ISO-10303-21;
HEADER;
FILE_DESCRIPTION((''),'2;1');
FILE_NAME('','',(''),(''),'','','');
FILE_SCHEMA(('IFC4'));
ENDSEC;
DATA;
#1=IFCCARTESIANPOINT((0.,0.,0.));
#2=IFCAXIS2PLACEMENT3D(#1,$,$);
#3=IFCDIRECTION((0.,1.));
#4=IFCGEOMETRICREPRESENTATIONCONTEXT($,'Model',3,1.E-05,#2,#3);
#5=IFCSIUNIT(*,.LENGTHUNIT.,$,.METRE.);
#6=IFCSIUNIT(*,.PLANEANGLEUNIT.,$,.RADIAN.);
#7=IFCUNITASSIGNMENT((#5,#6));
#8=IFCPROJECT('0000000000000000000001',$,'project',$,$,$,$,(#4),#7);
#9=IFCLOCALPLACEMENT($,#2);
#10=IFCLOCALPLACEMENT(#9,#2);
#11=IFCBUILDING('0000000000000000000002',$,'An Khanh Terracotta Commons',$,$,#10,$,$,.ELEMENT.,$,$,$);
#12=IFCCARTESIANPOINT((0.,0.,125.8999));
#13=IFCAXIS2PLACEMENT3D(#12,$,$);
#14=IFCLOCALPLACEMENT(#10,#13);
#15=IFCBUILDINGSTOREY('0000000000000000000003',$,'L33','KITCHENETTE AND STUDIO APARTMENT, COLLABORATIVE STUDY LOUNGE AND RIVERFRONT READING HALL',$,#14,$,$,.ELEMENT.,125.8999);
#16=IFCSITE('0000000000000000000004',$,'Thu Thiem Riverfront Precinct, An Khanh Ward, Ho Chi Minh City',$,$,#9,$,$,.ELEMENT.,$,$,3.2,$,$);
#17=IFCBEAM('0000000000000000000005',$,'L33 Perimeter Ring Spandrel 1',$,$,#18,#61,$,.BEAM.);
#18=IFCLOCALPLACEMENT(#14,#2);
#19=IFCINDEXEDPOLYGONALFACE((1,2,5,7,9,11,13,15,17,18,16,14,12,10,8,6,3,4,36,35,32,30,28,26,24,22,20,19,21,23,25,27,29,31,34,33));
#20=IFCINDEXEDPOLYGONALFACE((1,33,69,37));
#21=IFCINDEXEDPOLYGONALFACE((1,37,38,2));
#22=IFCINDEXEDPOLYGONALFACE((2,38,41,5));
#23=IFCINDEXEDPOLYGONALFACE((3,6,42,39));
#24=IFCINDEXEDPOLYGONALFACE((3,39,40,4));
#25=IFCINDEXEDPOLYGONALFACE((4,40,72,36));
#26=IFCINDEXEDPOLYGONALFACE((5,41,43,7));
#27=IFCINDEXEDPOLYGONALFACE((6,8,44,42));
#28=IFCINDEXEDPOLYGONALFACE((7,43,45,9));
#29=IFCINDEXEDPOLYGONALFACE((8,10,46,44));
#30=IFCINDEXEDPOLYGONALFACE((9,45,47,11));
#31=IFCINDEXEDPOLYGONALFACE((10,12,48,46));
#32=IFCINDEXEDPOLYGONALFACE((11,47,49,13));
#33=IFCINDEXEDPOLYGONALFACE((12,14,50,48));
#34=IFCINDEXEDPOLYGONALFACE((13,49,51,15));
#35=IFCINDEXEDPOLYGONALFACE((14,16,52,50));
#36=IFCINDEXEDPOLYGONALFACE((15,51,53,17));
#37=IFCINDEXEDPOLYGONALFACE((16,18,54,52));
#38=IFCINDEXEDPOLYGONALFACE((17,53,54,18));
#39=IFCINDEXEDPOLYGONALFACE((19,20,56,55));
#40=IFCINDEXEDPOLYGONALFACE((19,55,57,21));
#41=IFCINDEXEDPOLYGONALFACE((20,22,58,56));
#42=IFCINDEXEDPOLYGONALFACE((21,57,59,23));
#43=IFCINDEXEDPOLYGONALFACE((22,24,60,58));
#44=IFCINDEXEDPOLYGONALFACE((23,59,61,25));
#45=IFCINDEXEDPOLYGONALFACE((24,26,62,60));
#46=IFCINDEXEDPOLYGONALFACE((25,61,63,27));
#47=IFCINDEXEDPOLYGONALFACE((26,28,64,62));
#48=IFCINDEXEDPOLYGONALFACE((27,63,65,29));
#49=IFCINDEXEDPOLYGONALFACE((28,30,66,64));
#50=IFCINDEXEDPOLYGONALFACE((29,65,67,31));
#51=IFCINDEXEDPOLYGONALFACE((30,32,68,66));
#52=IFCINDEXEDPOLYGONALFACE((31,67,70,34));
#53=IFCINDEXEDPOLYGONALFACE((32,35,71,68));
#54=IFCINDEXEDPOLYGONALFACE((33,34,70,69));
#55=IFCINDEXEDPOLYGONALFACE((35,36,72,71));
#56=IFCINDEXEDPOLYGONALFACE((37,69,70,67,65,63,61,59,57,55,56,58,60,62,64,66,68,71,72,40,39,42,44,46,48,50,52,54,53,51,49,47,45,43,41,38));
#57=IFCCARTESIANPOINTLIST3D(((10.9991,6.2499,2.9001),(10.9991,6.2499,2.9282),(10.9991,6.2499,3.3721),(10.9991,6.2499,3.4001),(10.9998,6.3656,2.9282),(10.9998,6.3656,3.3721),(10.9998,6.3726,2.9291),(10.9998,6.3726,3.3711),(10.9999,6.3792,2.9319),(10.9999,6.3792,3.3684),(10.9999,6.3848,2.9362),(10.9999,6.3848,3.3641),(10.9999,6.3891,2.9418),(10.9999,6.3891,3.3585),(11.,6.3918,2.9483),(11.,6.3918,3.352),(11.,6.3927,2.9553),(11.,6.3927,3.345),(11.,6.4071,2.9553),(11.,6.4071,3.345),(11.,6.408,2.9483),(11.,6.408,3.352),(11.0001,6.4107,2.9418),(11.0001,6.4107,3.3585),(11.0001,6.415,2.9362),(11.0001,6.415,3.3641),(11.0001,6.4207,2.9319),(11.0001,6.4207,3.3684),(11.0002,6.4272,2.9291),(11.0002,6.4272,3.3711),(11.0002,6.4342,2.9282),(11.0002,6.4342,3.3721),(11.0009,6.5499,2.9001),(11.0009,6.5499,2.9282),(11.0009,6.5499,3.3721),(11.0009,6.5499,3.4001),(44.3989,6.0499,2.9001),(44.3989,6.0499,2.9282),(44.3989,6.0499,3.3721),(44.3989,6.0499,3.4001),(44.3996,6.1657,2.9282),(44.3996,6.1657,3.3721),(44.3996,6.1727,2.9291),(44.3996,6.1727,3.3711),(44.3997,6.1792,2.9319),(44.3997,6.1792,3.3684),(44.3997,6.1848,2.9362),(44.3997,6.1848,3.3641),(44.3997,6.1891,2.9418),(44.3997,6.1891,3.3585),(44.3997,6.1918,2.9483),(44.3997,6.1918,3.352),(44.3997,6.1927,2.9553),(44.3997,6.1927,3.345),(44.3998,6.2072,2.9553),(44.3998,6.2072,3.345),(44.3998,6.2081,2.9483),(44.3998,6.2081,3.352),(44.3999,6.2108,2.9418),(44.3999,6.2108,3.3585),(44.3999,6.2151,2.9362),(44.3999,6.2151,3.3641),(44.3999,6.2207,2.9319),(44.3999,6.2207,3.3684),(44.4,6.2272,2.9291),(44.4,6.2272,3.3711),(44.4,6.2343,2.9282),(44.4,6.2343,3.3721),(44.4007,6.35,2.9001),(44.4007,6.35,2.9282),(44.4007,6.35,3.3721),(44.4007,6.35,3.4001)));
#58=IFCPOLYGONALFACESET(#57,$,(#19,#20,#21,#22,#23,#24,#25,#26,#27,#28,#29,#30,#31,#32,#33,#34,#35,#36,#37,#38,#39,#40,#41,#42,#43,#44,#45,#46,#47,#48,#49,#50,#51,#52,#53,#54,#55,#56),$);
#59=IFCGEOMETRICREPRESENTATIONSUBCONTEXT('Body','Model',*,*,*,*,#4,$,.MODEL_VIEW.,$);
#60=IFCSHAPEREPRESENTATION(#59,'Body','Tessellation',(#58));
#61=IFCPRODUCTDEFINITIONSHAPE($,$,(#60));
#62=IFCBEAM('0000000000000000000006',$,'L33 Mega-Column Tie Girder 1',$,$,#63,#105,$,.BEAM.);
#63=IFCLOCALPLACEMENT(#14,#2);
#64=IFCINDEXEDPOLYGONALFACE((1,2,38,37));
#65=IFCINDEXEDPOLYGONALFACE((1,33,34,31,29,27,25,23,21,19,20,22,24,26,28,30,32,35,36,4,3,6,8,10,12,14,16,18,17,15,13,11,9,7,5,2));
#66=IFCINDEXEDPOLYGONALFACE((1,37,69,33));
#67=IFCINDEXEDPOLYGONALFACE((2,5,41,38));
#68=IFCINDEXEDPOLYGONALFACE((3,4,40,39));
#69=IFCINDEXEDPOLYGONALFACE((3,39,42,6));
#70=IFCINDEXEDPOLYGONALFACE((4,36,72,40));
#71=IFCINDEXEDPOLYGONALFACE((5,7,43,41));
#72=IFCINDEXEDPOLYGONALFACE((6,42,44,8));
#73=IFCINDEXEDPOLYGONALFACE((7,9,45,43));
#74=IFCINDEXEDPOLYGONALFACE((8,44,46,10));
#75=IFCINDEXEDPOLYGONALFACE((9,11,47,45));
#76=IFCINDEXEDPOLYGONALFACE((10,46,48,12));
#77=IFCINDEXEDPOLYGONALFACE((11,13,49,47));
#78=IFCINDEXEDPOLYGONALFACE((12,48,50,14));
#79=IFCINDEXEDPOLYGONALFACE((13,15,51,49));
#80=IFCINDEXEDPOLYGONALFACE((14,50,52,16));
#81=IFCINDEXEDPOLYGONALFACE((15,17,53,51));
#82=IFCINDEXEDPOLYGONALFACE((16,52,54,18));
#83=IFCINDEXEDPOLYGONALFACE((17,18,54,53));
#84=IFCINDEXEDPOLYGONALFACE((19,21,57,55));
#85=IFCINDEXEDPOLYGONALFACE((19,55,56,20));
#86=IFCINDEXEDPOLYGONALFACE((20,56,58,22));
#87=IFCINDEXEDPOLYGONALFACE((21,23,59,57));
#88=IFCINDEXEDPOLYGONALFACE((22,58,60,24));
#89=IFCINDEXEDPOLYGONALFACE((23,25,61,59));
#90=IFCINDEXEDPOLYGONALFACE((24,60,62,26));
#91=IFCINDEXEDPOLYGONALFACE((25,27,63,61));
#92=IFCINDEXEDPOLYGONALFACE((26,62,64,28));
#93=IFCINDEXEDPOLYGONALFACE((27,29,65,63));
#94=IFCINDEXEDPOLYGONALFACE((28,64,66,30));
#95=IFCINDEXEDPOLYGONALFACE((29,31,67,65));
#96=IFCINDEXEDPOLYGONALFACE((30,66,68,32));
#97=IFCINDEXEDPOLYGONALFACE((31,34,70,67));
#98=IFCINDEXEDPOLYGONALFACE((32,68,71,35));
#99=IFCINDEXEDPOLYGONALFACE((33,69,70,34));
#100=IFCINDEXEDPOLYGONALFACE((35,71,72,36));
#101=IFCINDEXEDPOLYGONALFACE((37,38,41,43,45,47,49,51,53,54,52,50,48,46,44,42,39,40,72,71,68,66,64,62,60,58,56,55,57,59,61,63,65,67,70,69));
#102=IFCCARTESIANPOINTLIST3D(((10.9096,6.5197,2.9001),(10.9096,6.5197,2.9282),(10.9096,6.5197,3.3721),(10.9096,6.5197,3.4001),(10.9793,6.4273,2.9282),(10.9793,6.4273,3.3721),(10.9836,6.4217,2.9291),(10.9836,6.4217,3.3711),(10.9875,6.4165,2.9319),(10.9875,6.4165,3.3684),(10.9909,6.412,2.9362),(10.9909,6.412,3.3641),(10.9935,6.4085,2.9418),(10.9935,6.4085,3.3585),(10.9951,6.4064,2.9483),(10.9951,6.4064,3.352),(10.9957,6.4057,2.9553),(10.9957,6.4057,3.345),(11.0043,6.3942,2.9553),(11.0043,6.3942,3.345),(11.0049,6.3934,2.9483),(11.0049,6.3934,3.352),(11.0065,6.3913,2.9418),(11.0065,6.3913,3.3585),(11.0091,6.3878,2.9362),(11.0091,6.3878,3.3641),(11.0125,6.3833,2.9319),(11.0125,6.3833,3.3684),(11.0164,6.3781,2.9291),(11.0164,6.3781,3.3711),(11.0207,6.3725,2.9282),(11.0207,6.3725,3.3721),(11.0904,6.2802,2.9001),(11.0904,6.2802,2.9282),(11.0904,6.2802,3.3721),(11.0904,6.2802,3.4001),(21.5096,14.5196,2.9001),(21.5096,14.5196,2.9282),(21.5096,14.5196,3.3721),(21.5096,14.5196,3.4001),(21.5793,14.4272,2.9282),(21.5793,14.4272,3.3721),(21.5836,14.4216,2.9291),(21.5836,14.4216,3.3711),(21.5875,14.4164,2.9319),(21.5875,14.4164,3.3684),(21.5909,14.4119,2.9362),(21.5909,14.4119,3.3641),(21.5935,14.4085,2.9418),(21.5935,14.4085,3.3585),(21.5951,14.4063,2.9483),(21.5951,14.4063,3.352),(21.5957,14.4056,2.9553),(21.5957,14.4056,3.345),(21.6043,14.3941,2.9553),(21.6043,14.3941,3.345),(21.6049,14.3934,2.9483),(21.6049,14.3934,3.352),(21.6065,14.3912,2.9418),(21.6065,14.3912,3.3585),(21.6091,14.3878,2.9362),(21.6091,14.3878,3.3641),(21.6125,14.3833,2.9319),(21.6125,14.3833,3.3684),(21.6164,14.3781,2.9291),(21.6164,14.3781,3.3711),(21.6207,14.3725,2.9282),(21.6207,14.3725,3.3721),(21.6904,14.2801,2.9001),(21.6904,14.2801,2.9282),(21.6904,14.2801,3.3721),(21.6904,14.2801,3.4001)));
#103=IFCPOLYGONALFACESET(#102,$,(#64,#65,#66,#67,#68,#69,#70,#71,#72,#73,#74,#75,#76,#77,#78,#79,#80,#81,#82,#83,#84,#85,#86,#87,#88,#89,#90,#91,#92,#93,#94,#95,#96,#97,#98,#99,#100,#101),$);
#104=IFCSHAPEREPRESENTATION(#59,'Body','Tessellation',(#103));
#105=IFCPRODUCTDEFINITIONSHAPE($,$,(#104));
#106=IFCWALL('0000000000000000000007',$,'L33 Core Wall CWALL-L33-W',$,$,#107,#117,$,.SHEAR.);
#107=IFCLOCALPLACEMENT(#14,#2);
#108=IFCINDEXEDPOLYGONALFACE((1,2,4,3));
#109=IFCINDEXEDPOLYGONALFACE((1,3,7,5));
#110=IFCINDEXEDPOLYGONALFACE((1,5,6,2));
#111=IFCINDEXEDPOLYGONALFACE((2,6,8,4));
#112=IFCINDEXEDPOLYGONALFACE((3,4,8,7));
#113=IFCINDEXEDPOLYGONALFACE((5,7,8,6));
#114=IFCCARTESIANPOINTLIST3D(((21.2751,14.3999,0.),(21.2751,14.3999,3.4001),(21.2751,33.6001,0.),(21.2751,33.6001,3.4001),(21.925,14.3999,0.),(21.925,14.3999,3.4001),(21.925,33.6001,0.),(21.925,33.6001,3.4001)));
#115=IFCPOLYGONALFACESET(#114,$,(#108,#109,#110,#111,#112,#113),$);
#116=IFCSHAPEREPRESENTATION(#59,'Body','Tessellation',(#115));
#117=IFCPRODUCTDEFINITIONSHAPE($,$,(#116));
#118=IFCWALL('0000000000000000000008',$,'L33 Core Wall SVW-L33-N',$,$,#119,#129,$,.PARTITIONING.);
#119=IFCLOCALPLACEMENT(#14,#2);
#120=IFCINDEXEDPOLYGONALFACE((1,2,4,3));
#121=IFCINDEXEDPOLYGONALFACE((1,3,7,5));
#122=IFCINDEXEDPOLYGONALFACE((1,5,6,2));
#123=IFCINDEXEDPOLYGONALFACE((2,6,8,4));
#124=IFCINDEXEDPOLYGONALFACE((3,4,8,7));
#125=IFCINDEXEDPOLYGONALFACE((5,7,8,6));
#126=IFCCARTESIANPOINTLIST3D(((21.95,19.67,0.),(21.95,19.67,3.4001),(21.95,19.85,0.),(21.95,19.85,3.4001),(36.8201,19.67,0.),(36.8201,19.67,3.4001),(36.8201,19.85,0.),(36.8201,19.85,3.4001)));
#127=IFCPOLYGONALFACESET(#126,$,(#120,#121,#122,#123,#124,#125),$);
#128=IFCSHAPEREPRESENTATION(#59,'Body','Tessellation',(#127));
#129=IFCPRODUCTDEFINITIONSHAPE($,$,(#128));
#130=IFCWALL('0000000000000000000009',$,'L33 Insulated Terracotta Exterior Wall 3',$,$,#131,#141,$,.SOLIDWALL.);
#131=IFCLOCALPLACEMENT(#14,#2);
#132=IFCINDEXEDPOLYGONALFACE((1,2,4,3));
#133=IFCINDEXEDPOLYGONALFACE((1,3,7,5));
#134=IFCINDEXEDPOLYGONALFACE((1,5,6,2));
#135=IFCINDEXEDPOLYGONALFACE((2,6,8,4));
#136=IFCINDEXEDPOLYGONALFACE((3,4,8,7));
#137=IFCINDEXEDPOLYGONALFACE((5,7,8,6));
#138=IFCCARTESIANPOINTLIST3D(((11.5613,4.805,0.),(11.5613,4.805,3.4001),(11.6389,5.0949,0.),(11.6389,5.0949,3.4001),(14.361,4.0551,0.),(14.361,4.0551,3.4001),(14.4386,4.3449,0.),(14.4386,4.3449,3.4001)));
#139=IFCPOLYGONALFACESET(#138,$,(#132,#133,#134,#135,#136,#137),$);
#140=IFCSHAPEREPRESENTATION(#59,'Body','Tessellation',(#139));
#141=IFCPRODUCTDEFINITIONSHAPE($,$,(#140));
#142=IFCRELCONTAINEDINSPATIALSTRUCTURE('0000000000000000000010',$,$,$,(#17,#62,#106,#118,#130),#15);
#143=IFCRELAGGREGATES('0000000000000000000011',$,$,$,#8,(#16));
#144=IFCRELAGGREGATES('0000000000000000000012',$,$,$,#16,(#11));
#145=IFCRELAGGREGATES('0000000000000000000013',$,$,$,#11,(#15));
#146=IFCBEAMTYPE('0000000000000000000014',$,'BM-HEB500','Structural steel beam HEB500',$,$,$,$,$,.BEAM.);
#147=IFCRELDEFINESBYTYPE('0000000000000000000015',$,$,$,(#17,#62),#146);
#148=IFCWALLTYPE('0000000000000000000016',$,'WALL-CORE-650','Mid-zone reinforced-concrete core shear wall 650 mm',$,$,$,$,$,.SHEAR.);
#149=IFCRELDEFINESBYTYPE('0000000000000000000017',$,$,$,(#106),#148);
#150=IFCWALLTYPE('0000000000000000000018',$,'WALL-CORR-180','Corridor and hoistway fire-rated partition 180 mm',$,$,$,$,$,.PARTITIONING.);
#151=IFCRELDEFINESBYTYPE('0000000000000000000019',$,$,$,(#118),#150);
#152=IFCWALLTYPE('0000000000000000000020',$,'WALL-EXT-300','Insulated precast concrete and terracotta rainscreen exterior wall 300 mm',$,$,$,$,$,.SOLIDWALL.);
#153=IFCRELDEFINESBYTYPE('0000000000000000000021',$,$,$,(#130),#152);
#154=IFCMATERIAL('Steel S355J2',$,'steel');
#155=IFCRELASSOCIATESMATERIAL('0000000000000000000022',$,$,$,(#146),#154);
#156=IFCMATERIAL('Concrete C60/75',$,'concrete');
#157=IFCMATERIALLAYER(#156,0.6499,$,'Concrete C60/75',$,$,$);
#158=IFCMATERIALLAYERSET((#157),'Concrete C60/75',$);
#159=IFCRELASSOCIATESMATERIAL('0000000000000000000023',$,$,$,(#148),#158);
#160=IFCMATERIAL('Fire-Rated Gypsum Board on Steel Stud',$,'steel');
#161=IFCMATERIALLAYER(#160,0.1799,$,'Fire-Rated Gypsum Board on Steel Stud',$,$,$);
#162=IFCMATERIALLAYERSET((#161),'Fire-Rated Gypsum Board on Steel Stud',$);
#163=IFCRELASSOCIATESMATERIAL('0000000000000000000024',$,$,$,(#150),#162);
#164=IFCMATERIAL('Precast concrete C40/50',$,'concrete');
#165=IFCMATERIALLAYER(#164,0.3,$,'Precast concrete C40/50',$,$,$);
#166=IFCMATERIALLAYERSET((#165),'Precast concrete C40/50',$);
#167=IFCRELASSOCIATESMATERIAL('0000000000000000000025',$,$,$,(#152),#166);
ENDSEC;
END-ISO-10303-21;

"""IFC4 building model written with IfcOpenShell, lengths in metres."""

from ifc_helpers import new_model, si_unit, direction, frame, frame_2d, origin, origin_2d, place, context, subcontext, project, spatial, rectangle, i_section, extrude, material, layer, layer_set, material_profile, profile_set, type_object, element, save


model = new_model("IFC4")

# Units and contexts
model_context = context("Model", 3, precision=1e-05, world=origin(), true_north=direction((0.0, 1.0)))
body_context = subcontext(model_context, "Body", "Model", "MODEL_VIEW")
ifc_project = project(units=[si_unit("LENGTHUNIT", "METRE"), si_unit("PLANEANGLEUNIT", "RADIAN")], contexts=[model_context])

# Site, building, storey
site_placement = place(None, origin())
site = spatial("IfcSite", under=ifc_project, at=site_placement, Name="Thu Thiem Riverfront Precinct, An Khanh Ward, Ho Chi Minh City", CompositionType="ELEMENT", RefElevation=3.2)
building_placement = place(site_placement, origin())
building = spatial("IfcBuilding", under=site, at=building_placement, Name="An Khanh Terracotta Commons", CompositionType="ELEMENT")
storey_placement = place(building_placement, frame((0.0, 0.0, 125.8999)))
storey = spatial("IfcBuildingStorey", under=building, at=storey_placement, Name="L33", Description="KITCHENETTE AND STUDIO APARTMENT, COLLABORATIVE STUDY LOUNGE AND RIVERFRONT READING HALL", CompositionType="ELEMENT", Elevation=125.8999)

# Beams
ifc_material_1 = material(Name="Steel S355J2", Category="steel")
ifc_material_profile_1 = material_profile(ifc_material_1, i_section(OverallWidth=0.3, OverallDepth=0.5, WebThickness=0.0144, FlangeThickness=0.0281, FilletRadius=0.0271, at=origin_2d()), Name="HEB500")
ifc_profile_set_1 = profile_set([ifc_material_profile_1], Name="Steel S355J2")
beam_type_1 = type_object("IfcBeamType", Name="BM-HEB500", Description="Structural steel beam HEB500", PredefinedType="BEAM", material=ifc_profile_set_1)
beam_1_placement = place(storey_placement, frame((11.0, 6.3999, 3.1501), z_axis=(0.999982, -0.005986, 0.0), x_axis=(0.005986, 0.999982, 0.0)))
element("IfcBeam", 1, at=beam_1_placement, inside=storey, type_object=beam_type_1, Name="L33 Perimeter Ring Spandrel 1", PredefinedType="BEAM", context=body_context, shape_type="SweptSolid", body=[
    extrude(i_section(OverallWidth=0.3, OverallDepth=0.5, WebThickness=0.0144, FlangeThickness=0.0281, FilletRadius=0.0271, at=origin_2d()), origin(), (0.0, 0.0, 1.0), 33.4004),
])
beam_2_placement = place(storey_placement, frame((11.0, 6.3999, 3.1501), z_axis=(0.798192, 0.602403, 0.0), x_axis=(-0.602403, 0.798192, 0.0)))
element("IfcBeam", 2, at=beam_2_placement, inside=storey, type_object=beam_type_1, Name="L33 Mega-Column Tie Girder 1", PredefinedType="BEAM", context=body_context, shape_type="SweptSolid", body=[
    extrude(i_section(OverallWidth=0.3, OverallDepth=0.5, WebThickness=0.0144, FlangeThickness=0.0281, FilletRadius=0.0271, at=origin_2d()), origin(), (0.0, 0.0, 1.0), 13.28),
])

# Walls
ifc_material_2 = material(Name="Concrete C60/75", Category="concrete")
ifc_layer_1 = layer(ifc_material_2, 0.6499, Name="Concrete C60/75")
ifc_layer_set_1 = layer_set([ifc_layer_1], Name="Concrete C60/75")
wall_type_1 = type_object("IfcWallType", Name="WALL-CORE-650", Description="Mid-zone reinforced-concrete core shear wall 650 mm", PredefinedType="SHEAR", material=ifc_layer_set_1)
wall_1_placement = place(storey_placement, frame((21.6001, 14.3999, 0.0), z_axis=(0.0, 0.0, 1.0), x_axis=(0.0, 1.0, 0.0)))
element("IfcWall", 3, at=wall_1_placement, inside=storey, type_object=wall_type_1, Name="L33 Core Wall CWALL-L33-W", PredefinedType="SHEAR", context=body_context, shape_type="SweptSolid", body=[
    extrude(rectangle(XDim=19.2002, YDim=0.6499, at=frame_2d((9.6001, 0.0))), origin(), (0.0, 0.0, 1.0), 3.4001),
])
ifc_material_3 = material(Name="Fire-Rated Gypsum Board on Steel Stud", Category="steel")
ifc_layer_2 = layer(ifc_material_3, 0.1799, Name="Fire-Rated Gypsum Board on Steel Stud")
ifc_layer_set_2 = layer_set([ifc_layer_2], Name="Fire-Rated Gypsum Board on Steel Stud")
wall_type_2 = type_object("IfcWallType", Name="WALL-CORR-180", Description="Corridor and hoistway fire-rated partition 180 mm", PredefinedType="PARTITIONING", material=ifc_layer_set_2)
wall_2_placement = place(storey_placement, frame((21.95, 19.76, 0.0), z_axis=(0.0, 0.0, 1.0), x_axis=(1.0, 0.0, 0.0)))
element("IfcWall", 4, at=wall_2_placement, inside=storey, type_object=wall_type_2, Name="L33 Core Wall SVW-L33-N", PredefinedType="PARTITIONING", context=body_context, shape_type="SweptSolid", body=[
    extrude(rectangle(XDim=14.8701, YDim=0.1799, at=frame_2d((7.4351, 0.0))), origin(), (0.0, 0.0, 1.0), 3.4001),
])
ifc_material_4 = material(Name="Precast concrete C40/50", Category="concrete")
ifc_layer_3 = layer(ifc_material_4, 0.3, Name="Precast concrete C40/50")
ifc_layer_set_3 = layer_set([ifc_layer_3], Name="Precast concrete C40/50")
wall_type_3 = type_object("IfcWallType", Name="WALL-EXT-300", Description="Insulated precast concrete and terracotta rainscreen exterior wall 300 mm", PredefinedType="SOLIDWALL", material=ifc_layer_set_3)
wall_3_placement = place(storey_placement, frame((11.6001, 4.95, 0.0), z_axis=(0.0, 0.0, 1.0), x_axis=(0.965944, -0.258753, 0.0)))
element("IfcWall", 5, at=wall_3_placement, inside=storey, type_object=wall_type_3, Name="L33 Insulated Terracotta Exterior Wall 3", PredefinedType="SOLIDWALL", context=body_context, shape_type="SweptSolid", body=[
    extrude(rectangle(XDim=2.8984, YDim=0.3, at=frame_2d((1.4492, 0.0))), origin(), (0.0, 0.0, 1.0), 3.4001),
])

save(model, "model.ifc")
